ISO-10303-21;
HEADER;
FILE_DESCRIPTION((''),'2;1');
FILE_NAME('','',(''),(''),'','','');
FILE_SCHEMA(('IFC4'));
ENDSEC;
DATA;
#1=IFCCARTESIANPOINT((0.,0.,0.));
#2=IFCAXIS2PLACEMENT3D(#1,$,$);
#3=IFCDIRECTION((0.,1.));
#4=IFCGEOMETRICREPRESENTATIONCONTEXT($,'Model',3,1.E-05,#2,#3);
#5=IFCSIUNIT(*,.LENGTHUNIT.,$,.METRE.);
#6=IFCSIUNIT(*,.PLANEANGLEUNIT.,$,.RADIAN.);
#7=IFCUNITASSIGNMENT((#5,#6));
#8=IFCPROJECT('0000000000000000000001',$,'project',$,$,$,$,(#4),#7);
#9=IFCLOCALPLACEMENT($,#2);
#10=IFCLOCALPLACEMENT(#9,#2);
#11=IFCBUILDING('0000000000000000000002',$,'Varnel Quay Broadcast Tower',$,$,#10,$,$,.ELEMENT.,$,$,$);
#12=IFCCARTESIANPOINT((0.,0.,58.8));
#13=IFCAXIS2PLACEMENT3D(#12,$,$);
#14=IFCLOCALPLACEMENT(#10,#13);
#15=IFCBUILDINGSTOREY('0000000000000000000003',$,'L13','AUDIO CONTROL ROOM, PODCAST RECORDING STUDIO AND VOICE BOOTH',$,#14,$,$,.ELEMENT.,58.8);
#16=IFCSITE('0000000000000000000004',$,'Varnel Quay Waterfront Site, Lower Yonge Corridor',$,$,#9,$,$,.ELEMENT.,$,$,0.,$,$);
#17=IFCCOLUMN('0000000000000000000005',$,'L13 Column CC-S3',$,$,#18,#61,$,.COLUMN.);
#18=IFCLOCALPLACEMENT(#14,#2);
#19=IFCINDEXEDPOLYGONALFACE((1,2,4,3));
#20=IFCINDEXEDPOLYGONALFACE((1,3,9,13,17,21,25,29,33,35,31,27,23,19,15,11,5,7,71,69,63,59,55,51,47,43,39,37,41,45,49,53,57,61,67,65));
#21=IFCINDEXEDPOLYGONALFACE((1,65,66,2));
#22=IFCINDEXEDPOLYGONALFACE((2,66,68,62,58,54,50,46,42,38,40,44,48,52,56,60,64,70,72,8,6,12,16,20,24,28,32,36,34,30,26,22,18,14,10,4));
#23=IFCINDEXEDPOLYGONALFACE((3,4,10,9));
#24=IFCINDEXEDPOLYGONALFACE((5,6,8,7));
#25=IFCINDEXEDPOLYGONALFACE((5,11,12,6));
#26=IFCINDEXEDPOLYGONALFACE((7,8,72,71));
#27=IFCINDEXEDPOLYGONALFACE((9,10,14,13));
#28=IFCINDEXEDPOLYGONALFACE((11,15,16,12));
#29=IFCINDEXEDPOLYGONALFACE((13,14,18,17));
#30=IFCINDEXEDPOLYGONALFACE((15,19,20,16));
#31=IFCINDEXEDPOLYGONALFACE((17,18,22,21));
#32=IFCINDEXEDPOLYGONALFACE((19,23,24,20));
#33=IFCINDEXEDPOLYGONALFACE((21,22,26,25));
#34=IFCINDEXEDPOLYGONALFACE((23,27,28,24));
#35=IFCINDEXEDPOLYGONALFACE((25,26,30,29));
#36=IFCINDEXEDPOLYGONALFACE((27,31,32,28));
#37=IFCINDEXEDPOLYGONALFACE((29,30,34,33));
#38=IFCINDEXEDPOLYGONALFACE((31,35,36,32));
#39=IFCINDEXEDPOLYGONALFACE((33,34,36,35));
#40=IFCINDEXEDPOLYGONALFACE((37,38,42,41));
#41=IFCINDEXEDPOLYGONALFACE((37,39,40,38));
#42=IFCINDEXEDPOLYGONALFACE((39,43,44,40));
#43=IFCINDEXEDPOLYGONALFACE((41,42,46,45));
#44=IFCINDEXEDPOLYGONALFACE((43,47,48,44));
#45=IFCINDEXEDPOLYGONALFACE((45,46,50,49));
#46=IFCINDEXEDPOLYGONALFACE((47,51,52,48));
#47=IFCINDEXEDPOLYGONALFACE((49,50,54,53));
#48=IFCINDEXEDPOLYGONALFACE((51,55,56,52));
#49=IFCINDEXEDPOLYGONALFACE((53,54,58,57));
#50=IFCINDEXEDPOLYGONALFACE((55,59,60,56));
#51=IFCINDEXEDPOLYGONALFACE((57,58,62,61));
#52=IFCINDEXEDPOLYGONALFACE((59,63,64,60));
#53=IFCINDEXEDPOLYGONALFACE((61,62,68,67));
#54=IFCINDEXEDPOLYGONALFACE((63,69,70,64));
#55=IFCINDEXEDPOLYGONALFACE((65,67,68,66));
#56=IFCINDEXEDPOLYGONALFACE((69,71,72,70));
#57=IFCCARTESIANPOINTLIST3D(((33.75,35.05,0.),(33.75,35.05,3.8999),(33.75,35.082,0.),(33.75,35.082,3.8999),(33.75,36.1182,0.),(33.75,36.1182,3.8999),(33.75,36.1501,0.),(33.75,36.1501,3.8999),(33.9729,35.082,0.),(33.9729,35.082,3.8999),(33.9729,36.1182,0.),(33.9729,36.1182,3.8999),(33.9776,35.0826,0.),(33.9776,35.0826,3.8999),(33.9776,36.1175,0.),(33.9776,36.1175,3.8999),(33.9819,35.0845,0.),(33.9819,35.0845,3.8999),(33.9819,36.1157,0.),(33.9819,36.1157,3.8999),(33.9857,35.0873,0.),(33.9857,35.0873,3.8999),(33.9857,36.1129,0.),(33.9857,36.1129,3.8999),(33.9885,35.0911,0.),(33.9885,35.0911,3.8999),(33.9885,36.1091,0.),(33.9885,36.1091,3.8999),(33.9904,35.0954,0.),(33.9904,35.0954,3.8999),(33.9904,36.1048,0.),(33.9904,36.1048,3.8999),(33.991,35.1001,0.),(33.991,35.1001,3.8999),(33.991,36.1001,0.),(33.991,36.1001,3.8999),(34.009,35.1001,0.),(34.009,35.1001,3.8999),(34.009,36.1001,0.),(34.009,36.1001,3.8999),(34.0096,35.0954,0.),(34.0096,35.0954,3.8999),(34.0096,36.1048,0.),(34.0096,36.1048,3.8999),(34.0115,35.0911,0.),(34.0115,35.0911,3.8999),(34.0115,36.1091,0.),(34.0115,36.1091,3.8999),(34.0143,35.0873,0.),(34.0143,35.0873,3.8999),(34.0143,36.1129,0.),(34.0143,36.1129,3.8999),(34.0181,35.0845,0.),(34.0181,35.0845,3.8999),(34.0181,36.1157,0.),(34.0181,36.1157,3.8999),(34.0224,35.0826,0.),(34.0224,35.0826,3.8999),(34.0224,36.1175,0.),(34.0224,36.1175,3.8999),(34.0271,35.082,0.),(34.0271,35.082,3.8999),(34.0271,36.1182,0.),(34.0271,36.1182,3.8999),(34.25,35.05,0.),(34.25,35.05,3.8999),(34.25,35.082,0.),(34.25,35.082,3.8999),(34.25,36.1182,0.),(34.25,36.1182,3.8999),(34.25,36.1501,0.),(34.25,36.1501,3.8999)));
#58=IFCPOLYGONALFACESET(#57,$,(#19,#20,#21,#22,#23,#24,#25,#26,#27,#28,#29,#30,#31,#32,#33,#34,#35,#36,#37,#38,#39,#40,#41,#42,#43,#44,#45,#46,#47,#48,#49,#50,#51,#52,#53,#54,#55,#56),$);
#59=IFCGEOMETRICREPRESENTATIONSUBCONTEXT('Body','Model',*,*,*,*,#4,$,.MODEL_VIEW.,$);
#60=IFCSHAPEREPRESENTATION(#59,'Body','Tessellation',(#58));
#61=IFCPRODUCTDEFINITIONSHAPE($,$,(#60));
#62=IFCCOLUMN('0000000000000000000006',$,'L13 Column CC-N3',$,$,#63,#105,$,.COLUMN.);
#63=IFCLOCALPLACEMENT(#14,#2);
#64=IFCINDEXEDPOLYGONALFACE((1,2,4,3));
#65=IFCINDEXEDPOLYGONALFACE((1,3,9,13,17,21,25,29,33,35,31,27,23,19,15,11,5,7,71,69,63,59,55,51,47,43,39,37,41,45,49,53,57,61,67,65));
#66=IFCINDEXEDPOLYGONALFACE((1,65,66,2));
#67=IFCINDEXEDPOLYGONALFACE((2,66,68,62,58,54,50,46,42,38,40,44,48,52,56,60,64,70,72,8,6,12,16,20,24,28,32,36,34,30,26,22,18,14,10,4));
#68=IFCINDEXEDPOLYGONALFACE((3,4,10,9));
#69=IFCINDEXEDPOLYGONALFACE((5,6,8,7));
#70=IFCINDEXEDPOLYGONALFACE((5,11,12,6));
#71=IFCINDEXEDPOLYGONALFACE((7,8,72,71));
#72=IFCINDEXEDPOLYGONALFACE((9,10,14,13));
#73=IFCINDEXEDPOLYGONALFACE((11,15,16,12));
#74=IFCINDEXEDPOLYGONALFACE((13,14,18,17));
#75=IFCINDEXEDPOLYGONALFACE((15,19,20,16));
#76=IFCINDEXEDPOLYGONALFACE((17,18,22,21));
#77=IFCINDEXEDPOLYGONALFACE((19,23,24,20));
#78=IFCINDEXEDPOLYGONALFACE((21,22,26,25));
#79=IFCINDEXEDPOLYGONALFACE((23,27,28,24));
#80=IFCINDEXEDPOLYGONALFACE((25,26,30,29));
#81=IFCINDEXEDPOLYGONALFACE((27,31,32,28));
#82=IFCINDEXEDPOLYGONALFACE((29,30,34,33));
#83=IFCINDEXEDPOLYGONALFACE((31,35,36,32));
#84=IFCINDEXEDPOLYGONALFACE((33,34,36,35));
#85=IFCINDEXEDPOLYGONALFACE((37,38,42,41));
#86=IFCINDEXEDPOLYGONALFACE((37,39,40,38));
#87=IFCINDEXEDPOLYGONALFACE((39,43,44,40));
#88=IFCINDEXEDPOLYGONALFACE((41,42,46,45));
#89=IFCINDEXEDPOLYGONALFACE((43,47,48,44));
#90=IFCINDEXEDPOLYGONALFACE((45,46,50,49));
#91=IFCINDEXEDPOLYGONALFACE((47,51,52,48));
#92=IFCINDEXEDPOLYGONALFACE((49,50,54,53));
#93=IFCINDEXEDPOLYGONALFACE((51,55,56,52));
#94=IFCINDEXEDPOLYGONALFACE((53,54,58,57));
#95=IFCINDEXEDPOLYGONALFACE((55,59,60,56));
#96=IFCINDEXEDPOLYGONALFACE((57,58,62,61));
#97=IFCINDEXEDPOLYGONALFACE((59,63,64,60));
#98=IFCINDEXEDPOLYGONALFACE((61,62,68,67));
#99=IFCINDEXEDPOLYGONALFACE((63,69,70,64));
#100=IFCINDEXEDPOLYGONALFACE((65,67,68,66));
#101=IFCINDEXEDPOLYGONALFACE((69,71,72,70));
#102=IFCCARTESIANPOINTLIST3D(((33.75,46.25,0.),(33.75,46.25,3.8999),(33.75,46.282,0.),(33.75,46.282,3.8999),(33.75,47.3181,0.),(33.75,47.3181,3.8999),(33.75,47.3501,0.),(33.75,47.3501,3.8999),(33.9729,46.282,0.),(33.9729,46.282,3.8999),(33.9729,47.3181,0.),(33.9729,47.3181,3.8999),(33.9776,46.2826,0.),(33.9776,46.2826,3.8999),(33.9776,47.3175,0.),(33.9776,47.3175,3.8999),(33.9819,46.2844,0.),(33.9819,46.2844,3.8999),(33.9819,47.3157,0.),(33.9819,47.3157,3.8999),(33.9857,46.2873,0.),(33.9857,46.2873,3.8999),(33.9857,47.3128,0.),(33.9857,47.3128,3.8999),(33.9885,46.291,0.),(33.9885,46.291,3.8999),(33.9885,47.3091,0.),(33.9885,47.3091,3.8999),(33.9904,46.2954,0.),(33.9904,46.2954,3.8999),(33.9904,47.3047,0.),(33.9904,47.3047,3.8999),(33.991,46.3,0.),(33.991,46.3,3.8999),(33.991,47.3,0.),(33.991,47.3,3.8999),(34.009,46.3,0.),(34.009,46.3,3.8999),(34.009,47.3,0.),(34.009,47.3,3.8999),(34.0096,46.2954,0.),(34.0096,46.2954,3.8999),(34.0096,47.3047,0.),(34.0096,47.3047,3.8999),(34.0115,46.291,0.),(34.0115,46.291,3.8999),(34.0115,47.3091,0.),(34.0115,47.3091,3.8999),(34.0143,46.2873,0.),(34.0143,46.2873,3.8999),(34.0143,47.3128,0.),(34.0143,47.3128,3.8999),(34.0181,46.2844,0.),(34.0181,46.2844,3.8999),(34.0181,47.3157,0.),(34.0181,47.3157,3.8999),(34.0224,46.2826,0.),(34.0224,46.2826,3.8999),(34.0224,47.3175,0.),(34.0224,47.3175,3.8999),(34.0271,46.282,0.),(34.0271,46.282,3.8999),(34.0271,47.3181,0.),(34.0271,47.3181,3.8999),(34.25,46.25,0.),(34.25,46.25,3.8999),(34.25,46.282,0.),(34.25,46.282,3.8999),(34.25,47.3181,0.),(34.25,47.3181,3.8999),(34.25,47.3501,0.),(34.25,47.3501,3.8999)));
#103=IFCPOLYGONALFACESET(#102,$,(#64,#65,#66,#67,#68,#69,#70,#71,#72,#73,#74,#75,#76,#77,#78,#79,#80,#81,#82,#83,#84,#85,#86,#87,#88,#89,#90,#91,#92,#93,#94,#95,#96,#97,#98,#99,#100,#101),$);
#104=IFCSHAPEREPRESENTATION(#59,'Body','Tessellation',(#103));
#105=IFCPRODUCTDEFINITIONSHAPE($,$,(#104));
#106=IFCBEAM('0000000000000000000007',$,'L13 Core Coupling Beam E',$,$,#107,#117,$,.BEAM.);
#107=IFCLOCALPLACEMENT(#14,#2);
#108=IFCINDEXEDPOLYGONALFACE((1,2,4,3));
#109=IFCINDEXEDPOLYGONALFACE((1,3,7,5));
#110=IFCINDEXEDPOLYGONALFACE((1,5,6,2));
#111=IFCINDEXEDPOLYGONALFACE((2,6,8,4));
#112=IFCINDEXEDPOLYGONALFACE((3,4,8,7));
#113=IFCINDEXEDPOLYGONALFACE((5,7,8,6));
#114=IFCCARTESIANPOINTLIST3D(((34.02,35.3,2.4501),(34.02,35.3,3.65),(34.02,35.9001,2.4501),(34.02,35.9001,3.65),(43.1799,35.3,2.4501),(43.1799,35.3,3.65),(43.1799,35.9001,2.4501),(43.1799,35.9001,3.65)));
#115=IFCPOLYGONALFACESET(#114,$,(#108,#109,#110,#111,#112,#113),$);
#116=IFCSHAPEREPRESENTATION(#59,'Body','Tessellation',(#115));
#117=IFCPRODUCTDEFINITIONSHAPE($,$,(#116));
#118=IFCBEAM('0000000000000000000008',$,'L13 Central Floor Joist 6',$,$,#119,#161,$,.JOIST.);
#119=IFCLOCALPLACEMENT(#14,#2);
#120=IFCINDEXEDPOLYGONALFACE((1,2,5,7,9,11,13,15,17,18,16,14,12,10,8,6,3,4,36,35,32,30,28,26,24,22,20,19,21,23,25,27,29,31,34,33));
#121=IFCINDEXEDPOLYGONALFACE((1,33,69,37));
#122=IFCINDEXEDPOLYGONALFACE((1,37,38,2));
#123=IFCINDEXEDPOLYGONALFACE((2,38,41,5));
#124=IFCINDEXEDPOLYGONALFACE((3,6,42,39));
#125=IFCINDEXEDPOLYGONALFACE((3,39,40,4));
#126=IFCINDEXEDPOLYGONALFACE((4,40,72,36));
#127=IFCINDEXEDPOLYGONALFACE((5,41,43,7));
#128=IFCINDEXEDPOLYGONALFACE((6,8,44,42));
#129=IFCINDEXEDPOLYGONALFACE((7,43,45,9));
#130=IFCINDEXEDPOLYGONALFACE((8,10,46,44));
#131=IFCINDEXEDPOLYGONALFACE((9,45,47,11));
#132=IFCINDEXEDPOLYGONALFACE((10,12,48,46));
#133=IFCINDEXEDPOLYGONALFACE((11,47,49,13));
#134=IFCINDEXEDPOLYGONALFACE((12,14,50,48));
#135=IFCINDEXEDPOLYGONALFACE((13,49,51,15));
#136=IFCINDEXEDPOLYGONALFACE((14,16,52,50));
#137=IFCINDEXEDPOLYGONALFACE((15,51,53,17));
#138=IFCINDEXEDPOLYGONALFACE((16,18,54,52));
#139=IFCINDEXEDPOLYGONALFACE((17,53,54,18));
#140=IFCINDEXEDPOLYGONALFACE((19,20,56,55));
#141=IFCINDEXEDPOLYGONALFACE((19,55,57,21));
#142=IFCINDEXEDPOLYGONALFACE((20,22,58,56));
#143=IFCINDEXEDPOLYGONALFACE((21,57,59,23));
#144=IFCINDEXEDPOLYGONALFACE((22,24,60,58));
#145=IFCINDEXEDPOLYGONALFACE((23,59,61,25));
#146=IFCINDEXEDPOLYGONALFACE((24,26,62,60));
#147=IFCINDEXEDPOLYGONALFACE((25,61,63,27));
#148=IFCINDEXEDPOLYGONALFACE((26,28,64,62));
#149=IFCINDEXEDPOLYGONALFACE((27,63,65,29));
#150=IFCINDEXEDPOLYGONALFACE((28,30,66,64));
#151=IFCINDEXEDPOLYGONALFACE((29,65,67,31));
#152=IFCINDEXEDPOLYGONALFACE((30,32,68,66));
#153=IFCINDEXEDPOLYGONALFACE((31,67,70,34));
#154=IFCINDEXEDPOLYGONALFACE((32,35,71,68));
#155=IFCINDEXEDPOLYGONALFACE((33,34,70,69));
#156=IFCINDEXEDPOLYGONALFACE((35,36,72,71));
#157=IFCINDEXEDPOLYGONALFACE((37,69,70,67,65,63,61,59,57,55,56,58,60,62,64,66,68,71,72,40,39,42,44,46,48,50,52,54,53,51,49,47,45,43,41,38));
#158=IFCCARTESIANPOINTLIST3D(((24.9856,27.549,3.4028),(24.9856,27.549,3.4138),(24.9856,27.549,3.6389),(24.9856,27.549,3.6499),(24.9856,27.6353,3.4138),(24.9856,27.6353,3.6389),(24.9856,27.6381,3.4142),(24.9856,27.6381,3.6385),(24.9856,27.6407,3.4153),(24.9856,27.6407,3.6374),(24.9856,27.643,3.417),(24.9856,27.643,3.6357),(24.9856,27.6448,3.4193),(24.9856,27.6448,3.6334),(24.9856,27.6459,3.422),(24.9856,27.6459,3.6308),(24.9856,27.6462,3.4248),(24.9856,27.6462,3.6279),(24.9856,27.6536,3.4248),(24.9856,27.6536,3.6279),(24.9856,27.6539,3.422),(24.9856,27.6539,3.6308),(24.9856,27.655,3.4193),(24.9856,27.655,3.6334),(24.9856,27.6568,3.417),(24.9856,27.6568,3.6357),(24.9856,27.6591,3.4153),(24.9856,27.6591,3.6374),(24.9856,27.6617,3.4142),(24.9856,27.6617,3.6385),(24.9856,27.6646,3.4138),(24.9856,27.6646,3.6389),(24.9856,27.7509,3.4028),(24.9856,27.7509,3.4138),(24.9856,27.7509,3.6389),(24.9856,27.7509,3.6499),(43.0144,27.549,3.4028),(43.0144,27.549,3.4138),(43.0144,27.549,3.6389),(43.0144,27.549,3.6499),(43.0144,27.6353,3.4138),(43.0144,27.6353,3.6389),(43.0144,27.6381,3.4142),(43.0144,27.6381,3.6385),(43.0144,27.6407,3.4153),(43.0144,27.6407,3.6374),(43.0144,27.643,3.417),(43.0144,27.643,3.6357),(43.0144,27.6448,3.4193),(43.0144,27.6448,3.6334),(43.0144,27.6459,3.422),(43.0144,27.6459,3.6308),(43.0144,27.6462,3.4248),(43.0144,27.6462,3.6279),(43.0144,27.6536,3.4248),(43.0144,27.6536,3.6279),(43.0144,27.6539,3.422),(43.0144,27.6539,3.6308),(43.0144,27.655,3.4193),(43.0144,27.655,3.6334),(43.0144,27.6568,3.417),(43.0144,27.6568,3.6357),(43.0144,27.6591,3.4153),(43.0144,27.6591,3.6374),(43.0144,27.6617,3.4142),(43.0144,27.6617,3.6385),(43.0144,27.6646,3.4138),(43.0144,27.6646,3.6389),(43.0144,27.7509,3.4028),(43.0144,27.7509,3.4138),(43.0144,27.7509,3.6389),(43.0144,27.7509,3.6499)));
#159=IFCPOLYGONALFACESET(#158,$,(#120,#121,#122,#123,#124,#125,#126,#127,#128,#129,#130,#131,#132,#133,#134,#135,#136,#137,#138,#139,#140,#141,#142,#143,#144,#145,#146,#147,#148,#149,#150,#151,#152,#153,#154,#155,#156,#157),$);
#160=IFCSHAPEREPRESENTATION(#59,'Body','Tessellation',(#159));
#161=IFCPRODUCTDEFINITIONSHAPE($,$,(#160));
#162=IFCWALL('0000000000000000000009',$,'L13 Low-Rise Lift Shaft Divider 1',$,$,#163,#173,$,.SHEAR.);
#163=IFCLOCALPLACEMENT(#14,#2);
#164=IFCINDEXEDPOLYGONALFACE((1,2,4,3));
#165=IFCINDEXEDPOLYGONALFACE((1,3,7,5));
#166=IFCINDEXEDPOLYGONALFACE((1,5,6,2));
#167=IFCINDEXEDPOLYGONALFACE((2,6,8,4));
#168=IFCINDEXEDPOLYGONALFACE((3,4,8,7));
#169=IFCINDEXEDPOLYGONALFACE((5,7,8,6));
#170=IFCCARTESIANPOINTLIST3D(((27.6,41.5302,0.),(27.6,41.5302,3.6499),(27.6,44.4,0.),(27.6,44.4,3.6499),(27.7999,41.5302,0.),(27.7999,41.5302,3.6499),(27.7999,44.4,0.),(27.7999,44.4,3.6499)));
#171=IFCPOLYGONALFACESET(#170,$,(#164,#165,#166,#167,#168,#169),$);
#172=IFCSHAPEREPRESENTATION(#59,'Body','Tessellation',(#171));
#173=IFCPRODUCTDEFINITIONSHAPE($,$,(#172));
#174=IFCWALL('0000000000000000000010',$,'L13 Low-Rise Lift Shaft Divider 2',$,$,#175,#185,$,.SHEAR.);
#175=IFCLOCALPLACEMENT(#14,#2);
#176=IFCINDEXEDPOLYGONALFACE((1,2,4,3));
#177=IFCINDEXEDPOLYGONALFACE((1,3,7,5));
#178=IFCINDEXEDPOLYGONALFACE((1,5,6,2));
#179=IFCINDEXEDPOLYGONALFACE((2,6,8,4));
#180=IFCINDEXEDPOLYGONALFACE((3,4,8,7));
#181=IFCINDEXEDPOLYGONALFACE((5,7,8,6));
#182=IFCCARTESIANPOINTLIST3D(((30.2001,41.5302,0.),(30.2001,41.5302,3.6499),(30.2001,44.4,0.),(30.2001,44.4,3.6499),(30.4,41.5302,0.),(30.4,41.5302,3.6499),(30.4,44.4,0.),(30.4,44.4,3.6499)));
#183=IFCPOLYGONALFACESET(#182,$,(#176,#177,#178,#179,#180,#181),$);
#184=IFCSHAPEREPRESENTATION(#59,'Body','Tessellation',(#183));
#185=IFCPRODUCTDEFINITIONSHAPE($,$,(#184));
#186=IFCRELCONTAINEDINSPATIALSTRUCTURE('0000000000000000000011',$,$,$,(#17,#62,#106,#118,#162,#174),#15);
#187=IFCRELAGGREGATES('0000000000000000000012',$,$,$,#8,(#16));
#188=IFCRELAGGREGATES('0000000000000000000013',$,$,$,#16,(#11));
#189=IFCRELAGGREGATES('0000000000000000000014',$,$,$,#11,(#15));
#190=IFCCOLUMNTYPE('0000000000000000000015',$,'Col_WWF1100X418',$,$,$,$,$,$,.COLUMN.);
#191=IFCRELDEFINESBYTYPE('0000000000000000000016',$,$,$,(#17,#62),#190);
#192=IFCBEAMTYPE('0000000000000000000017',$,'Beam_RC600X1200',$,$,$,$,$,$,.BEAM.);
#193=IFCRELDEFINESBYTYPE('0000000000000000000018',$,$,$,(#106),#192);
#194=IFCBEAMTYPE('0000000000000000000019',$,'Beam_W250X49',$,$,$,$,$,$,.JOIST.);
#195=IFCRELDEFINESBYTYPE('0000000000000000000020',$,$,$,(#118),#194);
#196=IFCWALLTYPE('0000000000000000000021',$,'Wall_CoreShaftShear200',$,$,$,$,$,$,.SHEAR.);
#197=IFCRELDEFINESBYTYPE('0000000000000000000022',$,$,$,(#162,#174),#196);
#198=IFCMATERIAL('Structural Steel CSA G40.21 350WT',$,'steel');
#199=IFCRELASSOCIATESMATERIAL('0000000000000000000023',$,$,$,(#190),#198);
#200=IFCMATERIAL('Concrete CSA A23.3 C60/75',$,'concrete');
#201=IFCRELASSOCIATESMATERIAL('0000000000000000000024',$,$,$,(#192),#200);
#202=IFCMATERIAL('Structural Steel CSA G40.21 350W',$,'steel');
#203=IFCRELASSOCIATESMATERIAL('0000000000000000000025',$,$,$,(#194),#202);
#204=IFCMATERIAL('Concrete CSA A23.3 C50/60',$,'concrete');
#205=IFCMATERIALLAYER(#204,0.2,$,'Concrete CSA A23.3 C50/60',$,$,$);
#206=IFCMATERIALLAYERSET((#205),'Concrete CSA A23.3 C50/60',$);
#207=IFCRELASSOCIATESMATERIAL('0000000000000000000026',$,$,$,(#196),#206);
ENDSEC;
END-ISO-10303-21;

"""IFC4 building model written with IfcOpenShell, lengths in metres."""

from ifc_helpers import new_model, si_unit, direction, frame, frame_2d, origin, origin_2d, place, context, subcontext, project, spatial, rectangle, i_section, extrude, source, transform, mapped, material, layer, layer_set, material_profile, profile_set, type_object, type_shapes, element, save


model = new_model("IFC4")

# Units and contexts
model_context = context("Model", 3, precision=1e-05, world=origin(), true_north=direction((0.0, 1.0)))
body_context = subcontext(model_context, "Body", "Model", "MODEL_VIEW")
ifc_project = project(units=[si_unit("LENGTHUNIT", "METRE"), si_unit("PLANEANGLEUNIT", "RADIAN")], contexts=[model_context])

# Site, building, storey
site_placement = place(None, origin())
site = spatial("IfcSite", under=ifc_project, at=site_placement, Name="Varnel Quay Waterfront Site, Lower Yonge Corridor", CompositionType="ELEMENT", RefElevation=0.0)
building_placement = place(site_placement, origin())
building = spatial("IfcBuilding", under=site, at=building_placement, Name="Varnel Quay Broadcast Tower", CompositionType="ELEMENT")
storey_placement = place(building_placement, frame((0.0, 0.0, 58.8)))
storey = spatial("IfcBuildingStorey", under=building, at=storey_placement, Name="L13", Description="AUDIO CONTROL ROOM, PODCAST RECORDING STUDIO AND VOICE BOOTH", CompositionType="ELEMENT", Elevation=58.8)

# Columns
ifc_material_1 = material(Name="Structural Steel CSA G40.21 350WT", Category="steel")
ifc_material_profile_1 = material_profile(ifc_material_1, i_section(OverallWidth=0.5, OverallDepth=1.1001, WebThickness=0.0181, FlangeThickness=0.032, FilletRadius=0.0181, at=origin_2d()), Name="WWF1100X418")
ifc_profile_set_1 = profile_set([ifc_material_profile_1], Name="Structural Steel CSA G40.21 350WT")
column_type = type_object("IfcColumnType", Name="Col_WWF1100X418", PredefinedType="COLUMN", material=ifc_profile_set_1)
shared_shape_1 = source(origin(), body_context, "Body", "SweptSolid", [
    extrude(i_section(OverallWidth=0.5, OverallDepth=1.1001, WebThickness=0.0181, FlangeThickness=0.032, FilletRadius=0.0181, at=origin_2d()), origin(), (0.0, 0.0, 1.0), 3.8999),
])
type_shapes(column_type, [shared_shape_1])
for number, where, z_axis, x_axis, name in (
    (1, (34.0, 35.6001, 0.0), (0.0, 0.0, 1.0), (1.0, 0.0, 0.0), "L13 Column CC-S3"),
    (2, (34.0, 46.8, 0.0), (0.0, 0.0, 1.0), (1.0, 0.0, 0.0), "L13 Column CC-N3"),
):
    element("IfcColumn", number, at=place(storey_placement, frame(where, z_axis=z_axis, x_axis=x_axis)), inside=storey, type_object=column_type, Name=name, PredefinedType="COLUMN", context=body_context, shape_type="MappedRepresentation", body=[
        mapped(shared_shape_1, transform((0.0, 0.0, 0.0), x_axis=(1.0, 0.0, 0.0), y_axis=(0.0, 1.0, 0.0), z_axis=(0.0, 0.0, 1.0), scale=1.0)),
    ])

# Beams
ifc_material_2 = material(Name="Concrete CSA A23.3 C60/75", Category="concrete")
ifc_material_profile_2 = material_profile(ifc_material_2, rectangle(XDim=0.6001, YDim=1.2, at=origin_2d()), Name="RC600X1200")
ifc_profile_set_2 = profile_set([ifc_material_profile_2], Name="Concrete CSA A23.3 C60/75")
beam_type_1 = type_object("IfcBeamType", Name="Beam_RC600X1200", PredefinedType="BEAM", material=ifc_profile_set_2)
shared_shape_2 = source(origin(), body_context, "Body", "SweptSolid", [
    extrude(rectangle(XDim=0.6001, YDim=1.2, at=origin_2d()), origin(), (0.0, 0.0, 1.0), 9.1599),
])
type_shapes(beam_type_1, [shared_shape_2])
beam_1_placement = place(storey_placement, frame((34.02, 35.6001, 3.05), z_axis=(1.0, 0.0, 0.0), x_axis=(0.0, 1.0, 0.0)))
element("IfcBeam", 3, at=beam_1_placement, inside=storey, type_object=beam_type_1, Name="L13 Core Coupling Beam E", PredefinedType="BEAM", context=body_context, shape_type="MappedRepresentation", body=[
    mapped(shared_shape_2, transform((0.0, 0.0, 0.0), x_axis=(1.0, 0.0, 0.0), y_axis=(0.0, 1.0, 0.0), z_axis=(0.0, 0.0, 1.0), scale=1.0)),
])
ifc_material_3 = material(Name="Structural Steel CSA G40.21 350W", Category="steel")
ifc_material_profile_3 = material_profile(ifc_material_3, i_section(OverallWidth=0.2019, OverallDepth=0.2471, WebThickness=0.0073, FlangeThickness=0.011, FilletRadius=0.011, at=origin_2d()), Name="W250X49")
ifc_profile_set_3 = profile_set([ifc_material_profile_3], Name="Structural Steel CSA G40.21 350W")
beam_type_2 = type_object("IfcBeamType", Name="Beam_W250X49", PredefinedType="JOIST", material=ifc_profile_set_3)
shared_shape_3 = source(origin(), body_context, "Body", "SweptSolid", [
    extrude(i_section(OverallWidth=0.2019, OverallDepth=0.2471, WebThickness=0.0073, FlangeThickness=0.011, FilletRadius=0.011, at=origin_2d()), origin(), (0.0, 0.0, 1.0), 18.0288),
])
type_shapes(beam_type_2, [shared_shape_3])
beam_2_placement = place(storey_placement, frame((24.9856, 27.6499, 3.5264), z_axis=(1.0, 0.0, 0.0), x_axis=(0.0, 1.0, 0.0)))
element("IfcBeam", 4, at=beam_2_placement, inside=storey, type_object=beam_type_2, Name="L13 Central Floor Joist 6", PredefinedType="JOIST", context=body_context, shape_type="MappedRepresentation", body=[
    mapped(shared_shape_3, transform((0.0, 0.0, 0.0), x_axis=(1.0, 0.0, 0.0), y_axis=(0.0, 1.0, 0.0), z_axis=(0.0, 0.0, 1.0), scale=1.0)),
])

# Walls
ifc_material_4 = material(Name="Concrete CSA A23.3 C50/60", Category="concrete")
ifc_layer_1 = layer(ifc_material_4, 0.2, Name="Concrete CSA A23.3 C50/60")
ifc_layer_set_1 = layer_set([ifc_layer_1], Name="Concrete CSA A23.3 C50/60")
wall_type_1 = type_object("IfcWallType", Name="Wall_CoreShaftShear200", PredefinedType="SHEAR", material=ifc_layer_set_1)
for number, where, z_axis, x_axis, name in (
    (5, (27.7, 41.53, 0.0), (0.0, 0.0, 1.0), (0.0, 1.0, 0.0), "L13 Low-Rise Lift Shaft Divider 1"),
    (6, (30.3, 41.53, 0.0), (0.0, 0.0, 1.0), (0.0, 1.0, 0.0), "L13 Low-Rise Lift Shaft Divider 2"),
):
    element("IfcWall", number, at=place(storey_placement, frame(where, z_axis=z_axis, x_axis=x_axis)), inside=storey, type_object=wall_type_1, Name=name, PredefinedType="SHEAR", context=body_context, shape_type="SweptSolid", body=[
        extrude(rectangle(XDim=2.8699, YDim=0.2, at=frame_2d((1.4351, 0.0))), origin(), (0.0, 0.0, 1.0), 3.6499),
    ])

save(model, "model.ifc")
